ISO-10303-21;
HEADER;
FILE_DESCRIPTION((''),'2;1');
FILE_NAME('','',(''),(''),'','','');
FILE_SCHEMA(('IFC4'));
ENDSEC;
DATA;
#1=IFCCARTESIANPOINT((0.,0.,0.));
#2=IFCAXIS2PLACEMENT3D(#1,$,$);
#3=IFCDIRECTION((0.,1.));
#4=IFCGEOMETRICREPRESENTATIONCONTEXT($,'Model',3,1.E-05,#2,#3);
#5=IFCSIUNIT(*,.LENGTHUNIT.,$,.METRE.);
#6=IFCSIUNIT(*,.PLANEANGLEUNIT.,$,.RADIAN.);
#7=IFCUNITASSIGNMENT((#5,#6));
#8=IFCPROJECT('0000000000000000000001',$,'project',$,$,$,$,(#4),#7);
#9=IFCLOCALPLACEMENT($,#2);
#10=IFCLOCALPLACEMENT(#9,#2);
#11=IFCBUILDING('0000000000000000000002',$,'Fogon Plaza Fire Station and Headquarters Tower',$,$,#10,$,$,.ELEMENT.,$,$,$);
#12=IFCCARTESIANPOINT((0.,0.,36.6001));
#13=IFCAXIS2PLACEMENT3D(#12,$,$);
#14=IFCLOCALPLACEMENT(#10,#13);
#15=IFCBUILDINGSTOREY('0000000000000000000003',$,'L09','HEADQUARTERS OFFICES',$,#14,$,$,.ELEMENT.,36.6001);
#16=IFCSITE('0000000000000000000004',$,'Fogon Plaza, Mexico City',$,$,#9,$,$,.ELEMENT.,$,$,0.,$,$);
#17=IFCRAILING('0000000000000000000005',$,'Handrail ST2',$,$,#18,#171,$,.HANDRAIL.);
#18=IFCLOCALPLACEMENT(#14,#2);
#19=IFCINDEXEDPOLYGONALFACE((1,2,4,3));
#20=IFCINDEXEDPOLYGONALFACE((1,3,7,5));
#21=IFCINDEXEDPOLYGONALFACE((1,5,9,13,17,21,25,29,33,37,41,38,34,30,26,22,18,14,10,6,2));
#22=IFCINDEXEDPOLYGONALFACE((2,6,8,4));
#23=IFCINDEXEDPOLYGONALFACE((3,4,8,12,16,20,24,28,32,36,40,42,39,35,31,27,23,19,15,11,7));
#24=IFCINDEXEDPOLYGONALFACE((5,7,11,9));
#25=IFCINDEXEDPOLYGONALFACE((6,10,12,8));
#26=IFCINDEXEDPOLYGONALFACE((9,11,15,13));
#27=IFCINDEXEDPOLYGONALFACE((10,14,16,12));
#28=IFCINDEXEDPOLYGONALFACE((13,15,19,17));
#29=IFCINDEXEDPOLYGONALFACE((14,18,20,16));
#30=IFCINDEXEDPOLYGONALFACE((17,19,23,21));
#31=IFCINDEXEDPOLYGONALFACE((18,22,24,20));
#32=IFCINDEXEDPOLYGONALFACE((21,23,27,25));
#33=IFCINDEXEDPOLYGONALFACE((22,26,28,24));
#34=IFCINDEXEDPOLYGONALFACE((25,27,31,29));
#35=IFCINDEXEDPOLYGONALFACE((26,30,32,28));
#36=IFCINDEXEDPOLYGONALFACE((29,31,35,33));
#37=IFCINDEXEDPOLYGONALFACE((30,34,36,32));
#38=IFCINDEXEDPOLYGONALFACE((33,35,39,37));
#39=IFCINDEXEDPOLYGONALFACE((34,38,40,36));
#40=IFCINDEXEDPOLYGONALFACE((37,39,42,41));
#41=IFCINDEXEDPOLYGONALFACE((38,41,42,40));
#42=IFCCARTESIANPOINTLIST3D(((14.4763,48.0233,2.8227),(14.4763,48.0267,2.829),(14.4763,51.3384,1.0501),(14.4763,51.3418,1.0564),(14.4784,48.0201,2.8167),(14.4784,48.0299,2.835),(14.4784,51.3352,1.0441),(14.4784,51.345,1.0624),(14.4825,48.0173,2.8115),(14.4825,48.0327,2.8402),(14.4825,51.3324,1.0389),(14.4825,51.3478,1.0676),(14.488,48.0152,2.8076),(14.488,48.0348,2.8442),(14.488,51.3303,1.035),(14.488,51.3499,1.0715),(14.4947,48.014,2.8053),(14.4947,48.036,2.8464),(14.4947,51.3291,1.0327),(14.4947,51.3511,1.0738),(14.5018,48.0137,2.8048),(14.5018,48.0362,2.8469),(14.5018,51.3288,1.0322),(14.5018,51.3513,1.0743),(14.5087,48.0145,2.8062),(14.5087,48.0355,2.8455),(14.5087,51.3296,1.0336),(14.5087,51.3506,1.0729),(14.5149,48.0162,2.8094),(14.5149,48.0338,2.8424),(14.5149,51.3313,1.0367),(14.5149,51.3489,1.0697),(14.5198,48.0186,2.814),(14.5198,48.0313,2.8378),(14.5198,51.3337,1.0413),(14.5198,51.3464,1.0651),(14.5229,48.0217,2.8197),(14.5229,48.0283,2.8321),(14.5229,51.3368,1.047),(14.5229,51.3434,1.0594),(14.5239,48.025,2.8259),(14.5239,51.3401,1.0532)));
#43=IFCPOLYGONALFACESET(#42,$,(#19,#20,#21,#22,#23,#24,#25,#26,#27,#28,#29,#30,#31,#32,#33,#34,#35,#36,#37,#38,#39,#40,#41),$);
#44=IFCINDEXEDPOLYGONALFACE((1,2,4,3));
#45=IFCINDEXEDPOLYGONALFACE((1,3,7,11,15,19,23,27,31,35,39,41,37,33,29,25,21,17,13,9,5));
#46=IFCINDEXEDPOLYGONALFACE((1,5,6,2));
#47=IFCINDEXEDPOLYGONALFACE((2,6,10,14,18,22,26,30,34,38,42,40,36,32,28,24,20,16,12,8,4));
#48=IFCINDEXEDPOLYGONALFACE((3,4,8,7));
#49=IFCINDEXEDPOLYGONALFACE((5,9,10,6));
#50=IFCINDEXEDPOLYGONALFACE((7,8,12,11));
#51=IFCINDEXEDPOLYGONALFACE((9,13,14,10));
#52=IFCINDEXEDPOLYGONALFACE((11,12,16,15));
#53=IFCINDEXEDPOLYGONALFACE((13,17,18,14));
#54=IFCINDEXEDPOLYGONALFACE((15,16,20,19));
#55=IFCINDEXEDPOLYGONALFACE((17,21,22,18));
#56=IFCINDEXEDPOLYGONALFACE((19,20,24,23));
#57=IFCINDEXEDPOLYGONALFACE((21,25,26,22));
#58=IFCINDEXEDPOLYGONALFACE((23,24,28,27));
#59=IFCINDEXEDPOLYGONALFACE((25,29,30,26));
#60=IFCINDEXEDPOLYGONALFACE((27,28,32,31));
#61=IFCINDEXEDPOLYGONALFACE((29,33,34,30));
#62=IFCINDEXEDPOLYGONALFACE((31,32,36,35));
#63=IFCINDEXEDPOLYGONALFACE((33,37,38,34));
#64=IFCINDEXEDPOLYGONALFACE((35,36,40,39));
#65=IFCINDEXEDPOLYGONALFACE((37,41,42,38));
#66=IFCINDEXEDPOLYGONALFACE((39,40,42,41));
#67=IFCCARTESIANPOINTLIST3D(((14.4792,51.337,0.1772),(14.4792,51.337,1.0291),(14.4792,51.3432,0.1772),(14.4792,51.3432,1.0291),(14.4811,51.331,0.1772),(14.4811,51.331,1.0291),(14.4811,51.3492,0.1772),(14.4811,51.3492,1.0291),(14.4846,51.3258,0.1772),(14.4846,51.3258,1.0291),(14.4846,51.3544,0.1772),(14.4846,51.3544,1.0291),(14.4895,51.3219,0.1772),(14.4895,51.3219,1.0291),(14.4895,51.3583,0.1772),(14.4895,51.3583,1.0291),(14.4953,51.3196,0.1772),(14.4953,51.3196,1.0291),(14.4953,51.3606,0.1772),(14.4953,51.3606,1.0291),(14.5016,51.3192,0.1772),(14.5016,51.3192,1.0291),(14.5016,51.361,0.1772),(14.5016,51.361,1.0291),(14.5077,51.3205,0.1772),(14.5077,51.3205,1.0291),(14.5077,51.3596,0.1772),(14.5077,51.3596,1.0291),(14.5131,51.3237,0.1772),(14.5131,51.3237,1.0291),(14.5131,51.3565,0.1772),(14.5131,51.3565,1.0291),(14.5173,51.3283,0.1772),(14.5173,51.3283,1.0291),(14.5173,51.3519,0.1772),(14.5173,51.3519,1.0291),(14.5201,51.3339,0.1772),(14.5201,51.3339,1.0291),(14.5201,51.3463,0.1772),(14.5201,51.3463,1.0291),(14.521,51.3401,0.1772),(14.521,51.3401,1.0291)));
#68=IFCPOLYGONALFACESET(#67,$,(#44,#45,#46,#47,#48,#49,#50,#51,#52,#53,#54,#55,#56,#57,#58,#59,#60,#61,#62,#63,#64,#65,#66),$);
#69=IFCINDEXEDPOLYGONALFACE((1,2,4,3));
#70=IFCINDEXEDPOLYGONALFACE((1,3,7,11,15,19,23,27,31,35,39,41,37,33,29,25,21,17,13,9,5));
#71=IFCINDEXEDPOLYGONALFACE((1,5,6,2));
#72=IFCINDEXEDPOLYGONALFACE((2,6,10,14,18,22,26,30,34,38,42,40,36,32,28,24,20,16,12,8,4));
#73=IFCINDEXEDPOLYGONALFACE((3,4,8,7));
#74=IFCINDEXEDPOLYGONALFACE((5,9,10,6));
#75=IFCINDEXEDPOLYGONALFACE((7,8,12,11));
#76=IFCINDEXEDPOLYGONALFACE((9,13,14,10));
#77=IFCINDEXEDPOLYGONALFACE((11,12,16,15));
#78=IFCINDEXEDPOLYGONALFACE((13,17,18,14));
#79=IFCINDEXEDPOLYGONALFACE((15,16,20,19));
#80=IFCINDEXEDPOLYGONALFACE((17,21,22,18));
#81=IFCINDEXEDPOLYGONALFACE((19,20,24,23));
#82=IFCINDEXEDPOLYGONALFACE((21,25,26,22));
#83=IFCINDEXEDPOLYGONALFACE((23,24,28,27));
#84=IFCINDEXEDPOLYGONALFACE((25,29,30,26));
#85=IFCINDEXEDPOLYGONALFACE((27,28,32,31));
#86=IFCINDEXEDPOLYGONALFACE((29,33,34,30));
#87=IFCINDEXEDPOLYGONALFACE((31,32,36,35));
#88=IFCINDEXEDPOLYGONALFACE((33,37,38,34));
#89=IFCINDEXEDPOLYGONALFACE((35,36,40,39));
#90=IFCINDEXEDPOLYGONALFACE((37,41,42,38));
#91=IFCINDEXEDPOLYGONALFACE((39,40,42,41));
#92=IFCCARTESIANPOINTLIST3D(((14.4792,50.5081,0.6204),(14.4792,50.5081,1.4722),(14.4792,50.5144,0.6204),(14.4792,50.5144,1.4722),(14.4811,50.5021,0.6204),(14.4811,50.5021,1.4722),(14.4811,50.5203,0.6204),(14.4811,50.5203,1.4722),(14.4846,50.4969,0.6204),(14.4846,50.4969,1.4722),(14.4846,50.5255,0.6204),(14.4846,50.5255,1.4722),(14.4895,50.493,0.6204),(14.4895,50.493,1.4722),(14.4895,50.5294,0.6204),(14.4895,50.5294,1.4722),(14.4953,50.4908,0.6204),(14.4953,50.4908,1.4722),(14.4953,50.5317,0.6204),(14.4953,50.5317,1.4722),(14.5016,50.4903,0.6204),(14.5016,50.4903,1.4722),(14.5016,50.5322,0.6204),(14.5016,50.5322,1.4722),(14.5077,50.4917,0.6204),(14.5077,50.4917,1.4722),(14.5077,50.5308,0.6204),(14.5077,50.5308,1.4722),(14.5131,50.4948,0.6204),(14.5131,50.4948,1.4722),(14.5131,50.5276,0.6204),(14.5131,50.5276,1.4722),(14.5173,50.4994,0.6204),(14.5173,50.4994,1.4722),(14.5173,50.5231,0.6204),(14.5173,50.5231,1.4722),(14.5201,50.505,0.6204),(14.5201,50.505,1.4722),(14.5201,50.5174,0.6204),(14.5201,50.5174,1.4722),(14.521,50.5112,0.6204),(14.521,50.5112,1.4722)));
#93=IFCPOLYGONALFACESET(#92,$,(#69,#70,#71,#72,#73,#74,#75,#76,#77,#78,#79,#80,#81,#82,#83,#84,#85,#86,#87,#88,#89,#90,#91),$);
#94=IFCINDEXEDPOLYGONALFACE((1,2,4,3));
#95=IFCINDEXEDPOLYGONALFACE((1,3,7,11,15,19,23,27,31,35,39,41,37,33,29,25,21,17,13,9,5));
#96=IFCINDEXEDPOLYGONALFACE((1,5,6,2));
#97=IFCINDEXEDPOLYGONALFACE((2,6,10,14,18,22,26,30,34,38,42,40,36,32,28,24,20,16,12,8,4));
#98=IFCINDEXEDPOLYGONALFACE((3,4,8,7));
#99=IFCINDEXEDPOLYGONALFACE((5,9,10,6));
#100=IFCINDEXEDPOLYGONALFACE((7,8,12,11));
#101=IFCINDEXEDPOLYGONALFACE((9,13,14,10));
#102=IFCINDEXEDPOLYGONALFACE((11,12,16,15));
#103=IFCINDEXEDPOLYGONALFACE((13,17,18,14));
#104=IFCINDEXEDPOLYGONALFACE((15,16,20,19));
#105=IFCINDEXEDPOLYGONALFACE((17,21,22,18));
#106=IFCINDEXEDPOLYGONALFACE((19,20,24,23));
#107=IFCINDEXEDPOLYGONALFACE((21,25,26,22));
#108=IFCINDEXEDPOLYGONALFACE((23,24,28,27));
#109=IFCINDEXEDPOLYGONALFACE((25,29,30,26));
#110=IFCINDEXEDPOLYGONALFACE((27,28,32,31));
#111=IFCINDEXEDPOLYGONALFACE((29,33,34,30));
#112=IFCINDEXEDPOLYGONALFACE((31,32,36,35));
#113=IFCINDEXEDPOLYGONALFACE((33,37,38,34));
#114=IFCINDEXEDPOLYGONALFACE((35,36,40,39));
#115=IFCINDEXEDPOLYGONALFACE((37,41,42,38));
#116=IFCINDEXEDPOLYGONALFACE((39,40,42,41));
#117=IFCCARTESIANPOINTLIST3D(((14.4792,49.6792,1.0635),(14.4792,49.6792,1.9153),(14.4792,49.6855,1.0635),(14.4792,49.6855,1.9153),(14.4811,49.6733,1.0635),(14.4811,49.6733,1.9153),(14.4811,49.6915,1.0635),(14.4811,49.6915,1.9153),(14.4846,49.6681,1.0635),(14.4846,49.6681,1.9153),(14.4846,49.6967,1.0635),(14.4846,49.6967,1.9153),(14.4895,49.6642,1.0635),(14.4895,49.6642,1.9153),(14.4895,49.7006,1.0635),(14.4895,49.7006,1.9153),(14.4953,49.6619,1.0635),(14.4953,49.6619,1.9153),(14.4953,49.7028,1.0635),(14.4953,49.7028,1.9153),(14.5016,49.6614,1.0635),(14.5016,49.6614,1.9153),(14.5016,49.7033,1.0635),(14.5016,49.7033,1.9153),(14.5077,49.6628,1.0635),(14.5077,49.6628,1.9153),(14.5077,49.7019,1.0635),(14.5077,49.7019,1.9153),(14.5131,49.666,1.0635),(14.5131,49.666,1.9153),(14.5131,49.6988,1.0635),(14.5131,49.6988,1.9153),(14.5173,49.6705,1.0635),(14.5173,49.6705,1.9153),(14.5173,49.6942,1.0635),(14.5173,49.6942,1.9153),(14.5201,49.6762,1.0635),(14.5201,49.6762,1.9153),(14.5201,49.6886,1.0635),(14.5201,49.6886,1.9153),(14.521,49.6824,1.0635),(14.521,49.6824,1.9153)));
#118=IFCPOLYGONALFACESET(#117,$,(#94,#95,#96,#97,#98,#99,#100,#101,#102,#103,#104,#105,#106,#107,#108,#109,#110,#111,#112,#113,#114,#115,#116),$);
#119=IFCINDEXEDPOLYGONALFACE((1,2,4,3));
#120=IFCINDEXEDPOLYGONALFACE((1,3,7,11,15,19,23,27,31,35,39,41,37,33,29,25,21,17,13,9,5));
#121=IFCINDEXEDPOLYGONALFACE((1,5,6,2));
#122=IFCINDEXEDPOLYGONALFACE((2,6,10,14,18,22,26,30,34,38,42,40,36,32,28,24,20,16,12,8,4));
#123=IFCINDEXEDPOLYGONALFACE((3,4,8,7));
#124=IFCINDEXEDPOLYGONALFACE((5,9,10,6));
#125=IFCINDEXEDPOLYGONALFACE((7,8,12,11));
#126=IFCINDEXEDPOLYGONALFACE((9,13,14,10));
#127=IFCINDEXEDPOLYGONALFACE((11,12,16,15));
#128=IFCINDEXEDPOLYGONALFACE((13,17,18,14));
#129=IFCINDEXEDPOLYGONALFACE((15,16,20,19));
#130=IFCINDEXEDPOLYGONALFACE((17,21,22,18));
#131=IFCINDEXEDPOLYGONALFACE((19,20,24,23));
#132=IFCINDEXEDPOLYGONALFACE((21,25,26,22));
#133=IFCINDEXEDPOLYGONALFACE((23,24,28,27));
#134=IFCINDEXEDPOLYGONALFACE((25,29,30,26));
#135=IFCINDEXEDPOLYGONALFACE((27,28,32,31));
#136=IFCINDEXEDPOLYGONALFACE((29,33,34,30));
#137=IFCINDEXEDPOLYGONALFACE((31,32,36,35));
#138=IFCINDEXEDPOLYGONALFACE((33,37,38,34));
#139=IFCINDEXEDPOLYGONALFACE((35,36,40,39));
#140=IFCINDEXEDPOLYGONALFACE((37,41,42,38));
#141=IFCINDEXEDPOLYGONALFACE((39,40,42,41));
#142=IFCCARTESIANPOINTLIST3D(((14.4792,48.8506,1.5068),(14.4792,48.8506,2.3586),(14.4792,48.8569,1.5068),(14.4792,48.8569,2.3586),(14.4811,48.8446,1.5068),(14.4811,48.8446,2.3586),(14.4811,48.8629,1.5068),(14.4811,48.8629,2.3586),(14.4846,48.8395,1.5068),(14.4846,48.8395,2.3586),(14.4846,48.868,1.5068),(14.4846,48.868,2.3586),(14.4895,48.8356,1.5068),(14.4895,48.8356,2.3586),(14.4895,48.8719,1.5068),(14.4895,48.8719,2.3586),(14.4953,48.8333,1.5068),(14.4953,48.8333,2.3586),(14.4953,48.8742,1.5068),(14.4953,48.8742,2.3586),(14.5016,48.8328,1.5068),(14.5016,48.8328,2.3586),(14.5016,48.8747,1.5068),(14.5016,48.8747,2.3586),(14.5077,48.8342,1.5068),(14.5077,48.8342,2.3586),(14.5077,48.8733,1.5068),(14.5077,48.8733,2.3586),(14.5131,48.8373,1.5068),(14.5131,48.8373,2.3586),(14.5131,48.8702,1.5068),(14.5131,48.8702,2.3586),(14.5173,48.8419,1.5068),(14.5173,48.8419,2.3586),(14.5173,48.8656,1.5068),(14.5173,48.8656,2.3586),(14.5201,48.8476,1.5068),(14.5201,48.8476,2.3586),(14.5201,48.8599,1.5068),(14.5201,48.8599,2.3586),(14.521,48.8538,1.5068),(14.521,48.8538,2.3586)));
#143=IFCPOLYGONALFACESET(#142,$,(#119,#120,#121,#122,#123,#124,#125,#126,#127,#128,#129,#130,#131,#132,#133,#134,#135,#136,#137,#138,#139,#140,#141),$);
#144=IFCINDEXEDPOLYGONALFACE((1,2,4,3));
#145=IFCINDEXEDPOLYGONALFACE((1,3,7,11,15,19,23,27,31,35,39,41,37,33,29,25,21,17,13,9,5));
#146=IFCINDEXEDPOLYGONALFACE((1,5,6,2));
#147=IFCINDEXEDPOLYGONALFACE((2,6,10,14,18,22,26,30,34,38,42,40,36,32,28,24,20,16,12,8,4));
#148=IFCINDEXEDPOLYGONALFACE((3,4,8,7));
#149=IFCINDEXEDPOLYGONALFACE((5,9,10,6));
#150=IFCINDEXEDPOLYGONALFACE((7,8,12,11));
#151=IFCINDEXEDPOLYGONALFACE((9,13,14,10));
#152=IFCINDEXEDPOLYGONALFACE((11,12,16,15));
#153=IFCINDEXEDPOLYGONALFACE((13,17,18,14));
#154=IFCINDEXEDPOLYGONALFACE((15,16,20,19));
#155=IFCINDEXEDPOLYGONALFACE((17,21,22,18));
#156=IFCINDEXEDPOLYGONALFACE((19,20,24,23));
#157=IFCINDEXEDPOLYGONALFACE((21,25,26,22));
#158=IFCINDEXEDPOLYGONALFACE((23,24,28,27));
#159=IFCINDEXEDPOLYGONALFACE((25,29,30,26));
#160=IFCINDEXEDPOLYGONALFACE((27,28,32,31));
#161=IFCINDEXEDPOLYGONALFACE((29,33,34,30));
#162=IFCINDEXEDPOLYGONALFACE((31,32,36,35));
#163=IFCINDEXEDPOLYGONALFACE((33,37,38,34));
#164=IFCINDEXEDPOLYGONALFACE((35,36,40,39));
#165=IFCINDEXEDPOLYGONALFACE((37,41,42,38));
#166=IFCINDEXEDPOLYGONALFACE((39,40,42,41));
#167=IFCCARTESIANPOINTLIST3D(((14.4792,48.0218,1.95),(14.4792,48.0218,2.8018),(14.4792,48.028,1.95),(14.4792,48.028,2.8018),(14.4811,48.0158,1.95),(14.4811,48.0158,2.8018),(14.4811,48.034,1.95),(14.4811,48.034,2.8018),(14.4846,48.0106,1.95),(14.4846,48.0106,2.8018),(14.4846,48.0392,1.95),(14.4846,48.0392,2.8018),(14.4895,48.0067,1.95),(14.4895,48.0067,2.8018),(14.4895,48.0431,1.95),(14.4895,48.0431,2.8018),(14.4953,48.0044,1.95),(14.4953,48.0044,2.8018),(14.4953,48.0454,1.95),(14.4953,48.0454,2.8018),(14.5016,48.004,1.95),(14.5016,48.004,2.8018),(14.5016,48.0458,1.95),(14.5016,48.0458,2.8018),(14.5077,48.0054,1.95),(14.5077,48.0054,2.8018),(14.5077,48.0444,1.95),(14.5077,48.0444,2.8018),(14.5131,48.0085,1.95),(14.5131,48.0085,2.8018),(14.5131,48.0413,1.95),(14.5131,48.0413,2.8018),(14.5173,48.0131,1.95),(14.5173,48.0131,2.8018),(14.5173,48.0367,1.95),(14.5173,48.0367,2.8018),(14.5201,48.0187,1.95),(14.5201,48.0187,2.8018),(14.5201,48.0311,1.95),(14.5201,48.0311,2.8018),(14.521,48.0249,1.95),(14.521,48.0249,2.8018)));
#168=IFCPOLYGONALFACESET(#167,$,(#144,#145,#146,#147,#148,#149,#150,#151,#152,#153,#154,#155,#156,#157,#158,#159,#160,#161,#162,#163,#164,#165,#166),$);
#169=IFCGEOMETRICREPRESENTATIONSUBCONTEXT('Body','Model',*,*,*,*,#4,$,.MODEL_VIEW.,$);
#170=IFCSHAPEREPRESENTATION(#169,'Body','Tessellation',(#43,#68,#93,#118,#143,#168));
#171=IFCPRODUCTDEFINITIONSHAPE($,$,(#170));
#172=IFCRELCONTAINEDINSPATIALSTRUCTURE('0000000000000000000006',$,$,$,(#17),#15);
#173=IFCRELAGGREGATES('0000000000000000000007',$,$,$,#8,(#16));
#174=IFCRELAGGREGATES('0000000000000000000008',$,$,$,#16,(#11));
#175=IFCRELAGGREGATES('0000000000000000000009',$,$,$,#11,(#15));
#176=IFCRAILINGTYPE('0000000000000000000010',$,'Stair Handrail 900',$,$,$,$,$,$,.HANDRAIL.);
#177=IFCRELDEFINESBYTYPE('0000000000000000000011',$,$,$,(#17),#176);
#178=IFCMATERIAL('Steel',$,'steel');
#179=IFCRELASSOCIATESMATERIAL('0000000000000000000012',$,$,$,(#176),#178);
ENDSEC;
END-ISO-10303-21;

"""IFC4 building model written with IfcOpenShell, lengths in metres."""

from ifc_helpers import new_model, si_unit, direction, frame, origin, origin_2d, place, context, subcontext, project, spatial, circle, extrude, material, type_object, element, save


model = new_model("IFC4")

# Units and contexts
model_context = context("Model", 3, precision=1e-05, world=origin(), true_north=direction((0.0, 1.0)))
body_context = subcontext(model_context, "Body", "Model", "MODEL_VIEW")
ifc_project = project(units=[si_unit("LENGTHUNIT", "METRE"), si_unit("PLANEANGLEUNIT", "RADIAN")], contexts=[model_context])

# Site, building, storey
site_placement = place(None, origin())
site = spatial("IfcSite", under=ifc_project, at=site_placement, Name="Fogon Plaza, Mexico City", CompositionType="ELEMENT", RefElevation=0.0)
building_placement = place(site_placement, origin())
building = spatial("IfcBuilding", under=site, at=building_placement, Name="Fogon Plaza Fire Station and Headquarters Tower", CompositionType="ELEMENT")
storey_placement = place(building_placement, frame((0.0, 0.0, 36.6001)))
storey = spatial("IfcBuildingStorey", under=building, at=storey_placement, Name="L09", Description="HEADQUARTERS OFFICES", CompositionType="ELEMENT", Elevation=36.6001)

# Railing
ifc_material_1 = material(Name="Steel", Category="steel")
railing_type = type_object("IfcRailingType", Name="Stair Handrail 900", PredefinedType="HANDRAIL", material=ifc_material_1)
for number, where, name in (
    (1, (14.5, 51.3401, 0.1772), "Handrail ST2"),
):
    element("IfcRailing", number, at=place(storey_placement, frame(where)), inside=storey, type_object=railing_type, Name=name, PredefinedType="HANDRAIL", context=body_context, shape_type="SweptSolid", body=[
        extrude(circle(Radius=0.0239, at=origin_2d()), frame((0.0, 0.0, 0.876), z_axis=(0.0, -0.881844, 0.471542), x_axis=(1.0, 0.0, 0.0)), (0.0, 0.0, 1.0), 3.7593),
        extrude(circle(Radius=0.021, at=origin_2d()), origin(), (0.0, 0.0, 1.0), 0.8518),
        extrude(circle(Radius=0.021, at=origin_2d()), frame((0.0, -0.8289, 0.4431)), (0.0, 0.0, 1.0), 0.8518),
        extrude(circle(Radius=0.021, at=origin_2d()), frame((0.0, -1.6577, 0.8862)), (0.0, 0.0, 1.0), 0.8518),
        extrude(circle(Radius=0.021, at=origin_2d()), frame((0.0, -2.4863, 1.3296)), (0.0, 0.0, 1.0), 0.8518),
        extrude(circle(Radius=0.021, at=origin_2d()), frame((0.0, -3.3152, 1.7727)), (0.0, 0.0, 1.0), 0.8518),
    ])

save(model, "model.ifc")
